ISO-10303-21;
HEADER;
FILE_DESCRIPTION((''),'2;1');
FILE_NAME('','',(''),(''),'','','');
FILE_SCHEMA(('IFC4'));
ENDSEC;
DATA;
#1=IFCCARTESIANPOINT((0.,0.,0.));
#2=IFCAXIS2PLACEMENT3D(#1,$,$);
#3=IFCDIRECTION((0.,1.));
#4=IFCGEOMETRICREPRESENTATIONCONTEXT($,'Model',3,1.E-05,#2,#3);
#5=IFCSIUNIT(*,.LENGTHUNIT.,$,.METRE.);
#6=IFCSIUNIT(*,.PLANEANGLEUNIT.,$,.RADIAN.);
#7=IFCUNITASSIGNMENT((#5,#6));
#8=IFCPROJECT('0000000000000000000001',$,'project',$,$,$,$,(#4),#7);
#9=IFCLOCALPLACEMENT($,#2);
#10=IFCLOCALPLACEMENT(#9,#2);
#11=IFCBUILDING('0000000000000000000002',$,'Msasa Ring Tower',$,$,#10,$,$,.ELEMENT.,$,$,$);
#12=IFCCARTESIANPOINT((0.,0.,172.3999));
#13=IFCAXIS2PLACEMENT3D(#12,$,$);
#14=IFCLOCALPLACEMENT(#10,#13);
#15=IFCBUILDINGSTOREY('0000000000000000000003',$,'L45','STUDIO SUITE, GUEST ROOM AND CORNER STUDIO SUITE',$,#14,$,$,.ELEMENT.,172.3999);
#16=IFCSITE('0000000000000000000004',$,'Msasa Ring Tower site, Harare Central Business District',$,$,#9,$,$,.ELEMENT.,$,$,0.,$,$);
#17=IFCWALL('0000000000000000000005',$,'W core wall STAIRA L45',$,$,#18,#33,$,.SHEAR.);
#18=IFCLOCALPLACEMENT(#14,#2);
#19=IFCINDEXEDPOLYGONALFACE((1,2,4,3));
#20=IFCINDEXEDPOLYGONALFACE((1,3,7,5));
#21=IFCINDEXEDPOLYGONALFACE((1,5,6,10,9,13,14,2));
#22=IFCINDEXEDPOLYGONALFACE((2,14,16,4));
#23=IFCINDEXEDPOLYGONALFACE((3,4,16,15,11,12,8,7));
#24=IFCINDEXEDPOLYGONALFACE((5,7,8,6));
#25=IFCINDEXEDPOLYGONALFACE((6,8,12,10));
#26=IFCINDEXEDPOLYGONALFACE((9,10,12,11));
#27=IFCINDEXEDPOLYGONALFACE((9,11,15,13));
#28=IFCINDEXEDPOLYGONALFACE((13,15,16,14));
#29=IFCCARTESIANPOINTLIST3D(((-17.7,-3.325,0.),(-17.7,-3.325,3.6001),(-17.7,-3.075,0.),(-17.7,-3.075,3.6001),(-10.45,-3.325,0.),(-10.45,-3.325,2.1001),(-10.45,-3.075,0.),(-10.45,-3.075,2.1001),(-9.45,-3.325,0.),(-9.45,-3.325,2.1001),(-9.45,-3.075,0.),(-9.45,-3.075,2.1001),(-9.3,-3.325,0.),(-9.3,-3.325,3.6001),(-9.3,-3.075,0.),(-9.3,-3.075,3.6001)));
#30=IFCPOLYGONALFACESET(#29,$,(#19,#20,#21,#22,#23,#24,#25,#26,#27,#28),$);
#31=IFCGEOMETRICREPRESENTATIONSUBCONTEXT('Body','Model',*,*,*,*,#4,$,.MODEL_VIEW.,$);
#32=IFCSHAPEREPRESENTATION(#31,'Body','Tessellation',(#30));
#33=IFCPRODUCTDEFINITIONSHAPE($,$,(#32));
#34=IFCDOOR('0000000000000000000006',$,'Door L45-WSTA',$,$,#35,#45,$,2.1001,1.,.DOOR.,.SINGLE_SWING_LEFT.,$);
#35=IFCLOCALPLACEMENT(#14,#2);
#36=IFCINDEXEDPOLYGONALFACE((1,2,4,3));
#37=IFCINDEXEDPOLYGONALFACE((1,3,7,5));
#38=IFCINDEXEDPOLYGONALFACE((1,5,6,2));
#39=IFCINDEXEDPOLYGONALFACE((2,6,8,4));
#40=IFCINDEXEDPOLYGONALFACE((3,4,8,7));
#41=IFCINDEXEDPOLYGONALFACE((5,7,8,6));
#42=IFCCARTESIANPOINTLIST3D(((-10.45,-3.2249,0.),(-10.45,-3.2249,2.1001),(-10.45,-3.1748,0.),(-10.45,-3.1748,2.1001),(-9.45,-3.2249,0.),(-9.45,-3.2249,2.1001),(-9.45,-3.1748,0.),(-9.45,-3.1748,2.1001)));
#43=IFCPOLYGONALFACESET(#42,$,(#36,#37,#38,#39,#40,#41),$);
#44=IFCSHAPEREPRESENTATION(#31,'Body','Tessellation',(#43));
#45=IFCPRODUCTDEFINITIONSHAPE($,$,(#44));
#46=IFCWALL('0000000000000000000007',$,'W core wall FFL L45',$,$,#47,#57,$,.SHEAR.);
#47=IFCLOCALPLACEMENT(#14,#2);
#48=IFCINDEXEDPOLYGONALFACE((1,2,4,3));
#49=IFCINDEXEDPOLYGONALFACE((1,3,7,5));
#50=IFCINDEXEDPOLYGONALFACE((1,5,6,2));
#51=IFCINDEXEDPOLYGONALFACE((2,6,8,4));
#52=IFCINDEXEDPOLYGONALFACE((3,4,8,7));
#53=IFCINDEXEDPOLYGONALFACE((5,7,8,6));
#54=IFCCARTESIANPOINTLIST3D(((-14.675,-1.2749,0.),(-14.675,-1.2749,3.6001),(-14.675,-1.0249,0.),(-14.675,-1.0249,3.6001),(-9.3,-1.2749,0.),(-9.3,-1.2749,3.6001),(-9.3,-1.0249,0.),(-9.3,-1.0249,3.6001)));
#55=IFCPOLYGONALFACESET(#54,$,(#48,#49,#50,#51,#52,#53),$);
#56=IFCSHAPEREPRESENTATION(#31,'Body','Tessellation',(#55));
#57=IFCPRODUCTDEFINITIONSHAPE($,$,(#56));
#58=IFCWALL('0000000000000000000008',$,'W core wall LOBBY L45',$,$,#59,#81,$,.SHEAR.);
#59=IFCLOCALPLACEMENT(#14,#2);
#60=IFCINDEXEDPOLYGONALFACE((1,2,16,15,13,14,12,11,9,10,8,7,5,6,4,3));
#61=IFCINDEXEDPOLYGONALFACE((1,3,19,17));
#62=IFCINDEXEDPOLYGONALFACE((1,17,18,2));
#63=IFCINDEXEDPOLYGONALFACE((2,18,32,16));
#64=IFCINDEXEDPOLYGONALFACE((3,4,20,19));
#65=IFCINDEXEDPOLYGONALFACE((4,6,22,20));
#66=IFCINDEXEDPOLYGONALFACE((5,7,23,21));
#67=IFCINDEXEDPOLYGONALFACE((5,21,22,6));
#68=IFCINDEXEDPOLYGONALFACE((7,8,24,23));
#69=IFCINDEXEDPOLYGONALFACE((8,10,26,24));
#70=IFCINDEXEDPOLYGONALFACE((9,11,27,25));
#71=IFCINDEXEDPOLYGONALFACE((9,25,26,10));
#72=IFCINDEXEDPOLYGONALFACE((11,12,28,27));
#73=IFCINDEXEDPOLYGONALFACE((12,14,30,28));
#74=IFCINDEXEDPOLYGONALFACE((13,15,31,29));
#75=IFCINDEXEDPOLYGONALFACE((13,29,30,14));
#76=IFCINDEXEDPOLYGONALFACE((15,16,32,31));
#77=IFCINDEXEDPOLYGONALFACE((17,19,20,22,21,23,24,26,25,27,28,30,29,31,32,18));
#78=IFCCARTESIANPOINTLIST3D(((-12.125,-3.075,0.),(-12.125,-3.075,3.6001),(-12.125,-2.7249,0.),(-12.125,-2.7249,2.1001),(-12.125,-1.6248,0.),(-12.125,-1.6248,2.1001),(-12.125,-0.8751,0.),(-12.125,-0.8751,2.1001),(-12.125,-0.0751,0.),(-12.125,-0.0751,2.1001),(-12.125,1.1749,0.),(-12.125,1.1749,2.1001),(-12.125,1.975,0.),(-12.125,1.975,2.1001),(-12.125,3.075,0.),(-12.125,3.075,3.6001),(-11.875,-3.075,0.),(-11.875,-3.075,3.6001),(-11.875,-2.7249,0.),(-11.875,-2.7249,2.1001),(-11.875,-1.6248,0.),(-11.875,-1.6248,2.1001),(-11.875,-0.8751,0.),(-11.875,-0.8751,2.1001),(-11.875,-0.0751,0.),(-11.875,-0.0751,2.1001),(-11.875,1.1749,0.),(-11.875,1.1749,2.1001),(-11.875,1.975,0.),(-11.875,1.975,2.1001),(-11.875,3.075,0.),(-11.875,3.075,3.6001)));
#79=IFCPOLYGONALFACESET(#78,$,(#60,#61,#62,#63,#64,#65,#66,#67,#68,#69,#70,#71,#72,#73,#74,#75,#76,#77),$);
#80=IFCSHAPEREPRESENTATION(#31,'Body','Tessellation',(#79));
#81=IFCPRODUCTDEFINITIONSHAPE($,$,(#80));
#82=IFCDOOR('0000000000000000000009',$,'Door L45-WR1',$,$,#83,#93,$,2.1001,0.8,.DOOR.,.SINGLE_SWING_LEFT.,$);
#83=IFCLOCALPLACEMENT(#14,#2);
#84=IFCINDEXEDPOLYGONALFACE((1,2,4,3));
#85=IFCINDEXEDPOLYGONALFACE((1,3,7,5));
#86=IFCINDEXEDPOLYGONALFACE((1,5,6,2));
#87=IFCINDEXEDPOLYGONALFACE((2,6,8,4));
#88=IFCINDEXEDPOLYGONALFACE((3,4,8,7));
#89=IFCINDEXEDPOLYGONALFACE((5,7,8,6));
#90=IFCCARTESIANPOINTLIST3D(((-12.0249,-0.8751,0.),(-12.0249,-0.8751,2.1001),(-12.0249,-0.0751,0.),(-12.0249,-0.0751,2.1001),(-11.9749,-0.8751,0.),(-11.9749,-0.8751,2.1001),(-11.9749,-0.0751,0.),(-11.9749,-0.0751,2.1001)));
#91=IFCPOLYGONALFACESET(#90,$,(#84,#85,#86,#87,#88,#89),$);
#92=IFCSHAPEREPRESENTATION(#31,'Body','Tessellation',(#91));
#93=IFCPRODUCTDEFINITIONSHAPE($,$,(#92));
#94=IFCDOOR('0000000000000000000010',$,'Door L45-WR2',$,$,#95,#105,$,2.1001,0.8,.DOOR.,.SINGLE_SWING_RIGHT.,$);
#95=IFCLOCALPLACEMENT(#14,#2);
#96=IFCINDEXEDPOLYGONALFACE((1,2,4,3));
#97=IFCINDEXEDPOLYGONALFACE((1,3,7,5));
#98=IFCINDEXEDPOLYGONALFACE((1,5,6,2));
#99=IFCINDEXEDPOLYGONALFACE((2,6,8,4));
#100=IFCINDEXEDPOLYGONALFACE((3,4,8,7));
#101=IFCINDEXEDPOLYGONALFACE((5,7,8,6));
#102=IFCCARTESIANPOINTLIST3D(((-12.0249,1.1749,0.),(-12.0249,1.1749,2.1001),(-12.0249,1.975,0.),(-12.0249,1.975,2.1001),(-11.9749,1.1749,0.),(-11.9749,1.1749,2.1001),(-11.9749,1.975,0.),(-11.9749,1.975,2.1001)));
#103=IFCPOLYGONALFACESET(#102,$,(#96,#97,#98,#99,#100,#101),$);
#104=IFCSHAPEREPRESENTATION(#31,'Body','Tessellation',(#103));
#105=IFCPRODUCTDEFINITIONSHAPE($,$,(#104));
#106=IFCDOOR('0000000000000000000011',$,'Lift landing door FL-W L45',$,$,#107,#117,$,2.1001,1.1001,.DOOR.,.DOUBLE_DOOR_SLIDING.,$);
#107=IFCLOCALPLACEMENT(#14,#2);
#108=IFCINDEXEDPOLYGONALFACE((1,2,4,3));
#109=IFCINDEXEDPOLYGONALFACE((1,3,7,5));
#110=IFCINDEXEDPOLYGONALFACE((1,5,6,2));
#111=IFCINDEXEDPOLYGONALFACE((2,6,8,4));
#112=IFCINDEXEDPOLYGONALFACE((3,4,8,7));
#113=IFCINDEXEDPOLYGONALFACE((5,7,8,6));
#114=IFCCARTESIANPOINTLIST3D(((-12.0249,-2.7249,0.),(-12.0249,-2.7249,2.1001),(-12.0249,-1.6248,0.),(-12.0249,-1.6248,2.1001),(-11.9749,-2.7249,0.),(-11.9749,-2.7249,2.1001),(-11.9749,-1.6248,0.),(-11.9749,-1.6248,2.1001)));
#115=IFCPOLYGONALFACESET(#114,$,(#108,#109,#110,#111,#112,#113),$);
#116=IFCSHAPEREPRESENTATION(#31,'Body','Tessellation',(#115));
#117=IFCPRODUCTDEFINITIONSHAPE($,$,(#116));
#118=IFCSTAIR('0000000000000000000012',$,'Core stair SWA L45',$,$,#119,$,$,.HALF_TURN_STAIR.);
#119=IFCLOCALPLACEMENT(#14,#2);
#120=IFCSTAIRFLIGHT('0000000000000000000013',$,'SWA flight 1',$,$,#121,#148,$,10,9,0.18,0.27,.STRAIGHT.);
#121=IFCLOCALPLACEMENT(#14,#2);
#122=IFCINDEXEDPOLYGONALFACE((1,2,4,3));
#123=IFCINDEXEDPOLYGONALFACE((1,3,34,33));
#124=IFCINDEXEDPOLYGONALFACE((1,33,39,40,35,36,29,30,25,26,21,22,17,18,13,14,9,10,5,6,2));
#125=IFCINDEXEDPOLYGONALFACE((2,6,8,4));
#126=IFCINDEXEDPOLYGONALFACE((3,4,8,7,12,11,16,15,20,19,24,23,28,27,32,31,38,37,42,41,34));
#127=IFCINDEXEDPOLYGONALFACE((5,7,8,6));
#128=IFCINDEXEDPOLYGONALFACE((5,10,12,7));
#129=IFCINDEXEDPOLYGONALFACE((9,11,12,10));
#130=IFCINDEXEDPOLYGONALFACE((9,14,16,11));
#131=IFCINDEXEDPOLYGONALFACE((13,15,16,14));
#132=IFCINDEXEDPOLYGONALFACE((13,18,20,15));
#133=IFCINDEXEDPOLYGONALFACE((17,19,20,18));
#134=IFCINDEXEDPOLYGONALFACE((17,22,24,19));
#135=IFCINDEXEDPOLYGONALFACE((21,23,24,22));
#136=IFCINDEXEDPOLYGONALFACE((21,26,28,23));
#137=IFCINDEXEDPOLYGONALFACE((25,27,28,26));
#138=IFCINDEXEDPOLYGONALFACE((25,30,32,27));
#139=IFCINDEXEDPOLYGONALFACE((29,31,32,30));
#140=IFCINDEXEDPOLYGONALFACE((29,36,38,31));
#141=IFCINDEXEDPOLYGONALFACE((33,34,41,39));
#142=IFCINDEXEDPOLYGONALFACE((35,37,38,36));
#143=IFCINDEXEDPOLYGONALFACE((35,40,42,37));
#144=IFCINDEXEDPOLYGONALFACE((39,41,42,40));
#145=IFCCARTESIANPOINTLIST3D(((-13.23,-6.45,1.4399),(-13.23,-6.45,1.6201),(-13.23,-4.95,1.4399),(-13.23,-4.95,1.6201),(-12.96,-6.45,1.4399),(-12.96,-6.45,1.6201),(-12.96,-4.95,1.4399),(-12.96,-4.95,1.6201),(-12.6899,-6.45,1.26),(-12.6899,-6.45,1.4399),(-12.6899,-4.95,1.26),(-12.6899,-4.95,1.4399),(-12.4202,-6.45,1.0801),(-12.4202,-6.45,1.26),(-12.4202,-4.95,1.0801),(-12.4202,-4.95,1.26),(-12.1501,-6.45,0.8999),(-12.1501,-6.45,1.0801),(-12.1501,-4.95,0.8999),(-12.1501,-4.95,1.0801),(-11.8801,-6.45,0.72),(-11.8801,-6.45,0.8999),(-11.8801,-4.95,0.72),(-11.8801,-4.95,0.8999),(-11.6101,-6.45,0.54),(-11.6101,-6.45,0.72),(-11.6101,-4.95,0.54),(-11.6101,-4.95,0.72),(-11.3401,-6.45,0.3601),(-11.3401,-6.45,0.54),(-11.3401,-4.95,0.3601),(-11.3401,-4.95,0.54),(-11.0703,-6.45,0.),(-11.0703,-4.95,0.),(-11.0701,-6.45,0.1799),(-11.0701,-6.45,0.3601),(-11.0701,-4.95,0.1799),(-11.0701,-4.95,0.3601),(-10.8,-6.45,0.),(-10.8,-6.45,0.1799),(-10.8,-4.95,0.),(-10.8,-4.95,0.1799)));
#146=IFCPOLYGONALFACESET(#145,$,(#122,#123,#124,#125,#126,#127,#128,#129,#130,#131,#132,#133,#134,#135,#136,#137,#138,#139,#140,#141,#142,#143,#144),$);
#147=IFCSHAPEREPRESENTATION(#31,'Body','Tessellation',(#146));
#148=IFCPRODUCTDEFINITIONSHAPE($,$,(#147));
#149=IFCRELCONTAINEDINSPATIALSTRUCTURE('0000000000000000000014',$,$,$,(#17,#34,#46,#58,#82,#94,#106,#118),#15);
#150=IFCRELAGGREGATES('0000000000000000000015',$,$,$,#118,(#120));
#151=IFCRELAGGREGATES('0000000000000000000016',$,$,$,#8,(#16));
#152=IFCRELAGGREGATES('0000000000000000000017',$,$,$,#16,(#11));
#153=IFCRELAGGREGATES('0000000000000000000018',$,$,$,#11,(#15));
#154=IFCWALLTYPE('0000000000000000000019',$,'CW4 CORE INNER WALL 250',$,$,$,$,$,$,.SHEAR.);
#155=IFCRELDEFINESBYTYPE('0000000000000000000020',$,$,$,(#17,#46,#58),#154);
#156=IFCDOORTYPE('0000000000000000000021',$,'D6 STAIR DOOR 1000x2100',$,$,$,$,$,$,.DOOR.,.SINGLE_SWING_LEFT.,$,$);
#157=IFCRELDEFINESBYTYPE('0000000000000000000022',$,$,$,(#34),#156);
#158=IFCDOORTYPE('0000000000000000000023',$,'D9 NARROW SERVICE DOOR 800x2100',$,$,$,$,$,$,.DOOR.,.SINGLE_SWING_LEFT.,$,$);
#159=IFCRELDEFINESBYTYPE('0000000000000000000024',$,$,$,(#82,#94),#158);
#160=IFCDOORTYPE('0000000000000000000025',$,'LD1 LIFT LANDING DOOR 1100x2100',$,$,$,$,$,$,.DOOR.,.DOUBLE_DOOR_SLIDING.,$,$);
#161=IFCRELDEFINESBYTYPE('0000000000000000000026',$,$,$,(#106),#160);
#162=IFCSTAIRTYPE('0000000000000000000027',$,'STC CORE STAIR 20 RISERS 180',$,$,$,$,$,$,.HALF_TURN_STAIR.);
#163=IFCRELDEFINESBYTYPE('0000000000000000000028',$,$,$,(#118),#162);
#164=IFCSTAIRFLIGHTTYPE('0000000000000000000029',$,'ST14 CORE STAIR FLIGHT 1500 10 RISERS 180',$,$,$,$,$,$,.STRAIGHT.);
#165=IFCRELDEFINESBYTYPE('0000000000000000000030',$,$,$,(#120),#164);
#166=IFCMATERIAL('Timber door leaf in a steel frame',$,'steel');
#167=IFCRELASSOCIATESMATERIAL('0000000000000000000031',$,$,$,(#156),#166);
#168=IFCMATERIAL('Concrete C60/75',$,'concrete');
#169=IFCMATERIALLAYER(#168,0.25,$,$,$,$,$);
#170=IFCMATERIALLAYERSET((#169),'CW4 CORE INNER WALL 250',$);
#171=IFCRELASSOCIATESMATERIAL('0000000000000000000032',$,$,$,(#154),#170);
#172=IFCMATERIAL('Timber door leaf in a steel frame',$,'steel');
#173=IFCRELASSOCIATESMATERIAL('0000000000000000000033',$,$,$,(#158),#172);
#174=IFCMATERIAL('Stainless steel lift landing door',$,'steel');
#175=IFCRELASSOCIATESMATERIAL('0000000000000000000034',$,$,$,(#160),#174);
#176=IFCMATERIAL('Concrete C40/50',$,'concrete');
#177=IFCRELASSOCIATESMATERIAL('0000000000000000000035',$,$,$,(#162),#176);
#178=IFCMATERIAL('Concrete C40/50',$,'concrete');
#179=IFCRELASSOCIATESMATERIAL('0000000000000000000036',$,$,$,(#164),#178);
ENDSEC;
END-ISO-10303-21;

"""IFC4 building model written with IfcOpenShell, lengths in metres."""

from ifc_helpers import new_model, si_unit, direction, frame, frame_2d, origin, place, context, subcontext, project, spatial, polyline, rectangle, outline, extrude, material, layer, layer_set, type_object, element, fill, aggregate, save


model = new_model("IFC4")

# Units and contexts
model_context = context("Model", 3, precision=1e-05, world=origin(), true_north=direction((0.0, 1.0)))
body_context = subcontext(model_context, "Body", "Model", "MODEL_VIEW")
ifc_project = project(units=[si_unit("LENGTHUNIT", "METRE"), si_unit("PLANEANGLEUNIT", "RADIAN")], contexts=[model_context])

# Site, building, storey
site_placement = place(None, origin())
site = spatial("IfcSite", under=ifc_project, at=site_placement, Name="Msasa Ring Tower site, Harare Central Business District", CompositionType="ELEMENT", RefElevation=0.0)
building_placement = place(site_placement, origin())
building = spatial("IfcBuilding", under=site, at=building_placement, Name="Msasa Ring Tower", CompositionType="ELEMENT")
storey_placement = place(building_placement, frame((0.0, 0.0, 172.3999)))
storey = spatial("IfcBuildingStorey", under=building, at=storey_placement, Name="L45", Description="STUDIO SUITE, GUEST ROOM AND CORNER STUDIO SUITE", CompositionType="ELEMENT", Elevation=172.3999)

# Shared definitions
ifc_material_1 = material(Name="Timber door leaf in a steel frame", Category="steel")
door_type_1 = type_object("IfcDoorType", Name="D6 STAIR DOOR 1000x2100", OperationType="SINGLE_SWING_LEFT", PredefinedType="DOOR", material=ifc_material_1)

# Wall, opening, door
ifc_material_2 = material(Name="Concrete C60/75", Category="concrete")
ifc_layer_1 = layer(ifc_material_2, 0.25)
ifc_layer_set_1 = layer_set([ifc_layer_1], Name="CW4 CORE INNER WALL 250")
wall_type_1 = type_object("IfcWallType", Name="CW4 CORE INNER WALL 250", PredefinedType="SHEAR", material=ifc_layer_set_1)
wall_1_placement = place(storey_placement, frame((-9.3, -3.2, 0.0), z_axis=(0.0, 0.0, 1.0), x_axis=(-1.0, 0.0, 0.0)))
wall_1 = element("IfcWall", 1, at=wall_1_placement, inside=storey, type_object=wall_type_1, Name="W core wall STAIRA L45", PredefinedType="SHEAR", context=body_context, shape_type="SweptSolid", body=[
    extrude(rectangle(XDim=8.3999, YDim=0.25, at=frame_2d((4.2, 0.0))), origin(), (0.0, 0.0, 1.0), 3.6001),
])
opening_1_placement = place(wall_1_placement, frame((0.1499, 0.0, 0.0)))
opening_1 = element("IfcOpeningElement", 2, at=opening_1_placement, cuts=wall_1, PredefinedType="OPENING", context=body_context, shape_type="SweptSolid", body=[
    extrude(rectangle(XDim=1.0, YDim=2.1001, at=frame_2d((0.5, 1.05))), frame((0.0, 0.135, 0.0), z_axis=(0.0, -1.0, 0.0), x_axis=(1.0, 0.0, 0.0)), (0.0, 0.0, 1.0), 0.27),
])
door_1_placement = place(opening_1_placement, origin())
door_1 = element("IfcDoor", 3, at=door_1_placement, inside=storey, type_object=door_type_1, Name="Door L45-WSTA", OperationType="SINGLE_SWING_LEFT", OverallHeight=2.1001, OverallWidth=1.0, PredefinedType="DOOR", context=body_context, shape_type="SweptSolid", body=[
    extrude(rectangle(XDim=1.0, YDim=2.1001, at=frame_2d((0.5, 1.05))), frame((0.0, 0.0249, 0.0), z_axis=(0.0, -1.0, 0.0), x_axis=(1.0, 0.0, 0.0)), (0.0, 0.0, 1.0), 0.05),
])
fill(opening_1, door_1)

# Wall
wall_2_placement = place(storey_placement, frame((-9.3, -1.1499, 0.0), z_axis=(0.0, 0.0, 1.0), x_axis=(-1.0, 0.0, 0.0)))
element("IfcWall", 4, at=wall_2_placement, inside=storey, type_object=wall_type_1, Name="W core wall FFL L45", PredefinedType="SHEAR", context=body_context, shape_type="SweptSolid", body=[
    extrude(rectangle(XDim=5.375, YDim=0.25, at=frame_2d((2.6875, 0.0))), origin(), (0.0, 0.0, 1.0), 3.6001),
])

# Wall, openings, doors
wall_3_placement = place(storey_placement, frame((-12.0, -3.075, 0.0), z_axis=(0.0, 0.0, 1.0), x_axis=(0.0, 1.0, 0.0)))
wall_3 = element("IfcWall", 5, at=wall_3_placement, inside=storey, type_object=wall_type_1, Name="W core wall LOBBY L45", PredefinedType="SHEAR", context=body_context, shape_type="SweptSolid", body=[
    extrude(rectangle(XDim=6.1499, YDim=0.25, at=frame_2d((3.075, 0.0))), origin(), (0.0, 0.0, 1.0), 3.6001),
])
opening_2_placement = place(wall_3_placement, frame((2.2, 0.0, 0.0)))
opening_2 = element("IfcOpeningElement", 6, at=opening_2_placement, cuts=wall_3, PredefinedType="OPENING", context=body_context, shape_type="SweptSolid", body=[
    extrude(rectangle(XDim=0.8, YDim=2.1001, at=frame_2d((0.3999, 1.05))), frame((0.0, 0.135, 0.0), z_axis=(0.0, -1.0, 0.0), x_axis=(1.0, 0.0, 0.0)), (0.0, 0.0, 1.0), 0.27),
])
opening_3_placement = place(wall_3_placement, frame((4.25, 0.0, 0.0)))
opening_3 = element("IfcOpeningElement", 7, at=opening_3_placement, cuts=wall_3, PredefinedType="OPENING", context=body_context, shape_type="SweptSolid", body=[
    extrude(rectangle(XDim=0.8, YDim=2.1001, at=frame_2d((0.3999, 1.05))), frame((0.0, 0.135, 0.0), z_axis=(0.0, -1.0, 0.0), x_axis=(1.0, 0.0, 0.0)), (0.0, 0.0, 1.0), 0.27),
])
opening_4_placement = place(wall_3_placement, frame((0.3501, 0.0, 0.0)))
opening_4 = element("IfcOpeningElement", 8, at=opening_4_placement, cuts=wall_3, PredefinedType="OPENING", context=body_context, shape_type="SweptSolid", body=[
    extrude(rectangle(XDim=1.1001, YDim=2.1001, at=frame_2d((0.55, 1.05))), frame((0.0, 0.135, 0.0), z_axis=(0.0, -1.0, 0.0), x_axis=(1.0, 0.0, 0.0)), (0.0, 0.0, 1.0), 0.27),
])
ifc_material_3 = material(Name="Timber door leaf in a steel frame", Category="steel")
door_type_2 = type_object("IfcDoorType", Name="D9 NARROW SERVICE DOOR 800x2100", OperationType="SINGLE_SWING_LEFT", PredefinedType="DOOR", material=ifc_material_3)
door_2_placement = place(opening_2_placement, origin())
door_2 = element("IfcDoor", 9, at=door_2_placement, inside=storey, type_object=door_type_2, Name="Door L45-WR1", OperationType="SINGLE_SWING_LEFT", OverallHeight=2.1001, OverallWidth=0.8, PredefinedType="DOOR", context=body_context, shape_type="SweptSolid", body=[
    extrude(rectangle(XDim=0.8, YDim=2.1001, at=frame_2d((0.3999, 1.05))), frame((0.0, 0.0249, 0.0), z_axis=(0.0, -1.0, 0.0), x_axis=(1.0, 0.0, 0.0)), (0.0, 0.0, 1.0), 0.05),
])
fill(opening_2, door_2)
door_3_placement = place(opening_3_placement, origin())
door_3 = element("IfcDoor", 10, at=door_3_placement, inside=storey, type_object=door_type_2, Name="Door L45-WR2", OperationType="SINGLE_SWING_RIGHT", OverallHeight=2.1001, OverallWidth=0.8, PredefinedType="DOOR", context=body_context, shape_type="SweptSolid", body=[
    extrude(rectangle(XDim=0.8, YDim=2.1001, at=frame_2d((0.3999, 1.05))), frame((0.0, 0.0249, 0.0), z_axis=(0.0, -1.0, 0.0), x_axis=(1.0, 0.0, 0.0)), (0.0, 0.0, 1.0), 0.05),
])
fill(opening_3, door_3)
ifc_material_4 = material(Name="Stainless steel lift landing door", Category="steel")
door_type_3 = type_object("IfcDoorType", Name="LD1 LIFT LANDING DOOR 1100x2100", OperationType="DOUBLE_DOOR_SLIDING", PredefinedType="DOOR", material=ifc_material_4)
door_4_placement = place(opening_4_placement, origin())
door_4 = element("IfcDoor", 11, at=door_4_placement, inside=storey, type_object=door_type_3, Name="Lift landing door FL-W L45", OperationType="DOUBLE_DOOR_SLIDING", OverallHeight=2.1001, OverallWidth=1.1001, PredefinedType="DOOR", context=body_context, shape_type="SweptSolid", body=[
    extrude(rectangle(XDim=1.1001, YDim=2.1001, at=frame_2d((0.55, 1.05))), frame((0.0, 0.0249, 0.0), z_axis=(0.0, -1.0, 0.0), x_axis=(1.0, 0.0, 0.0)), (0.0, 0.0, 1.0), 0.05),
])
fill(opening_4, door_4)

# Stair, stair flight
ifc_material_5 = material(Name="Concrete C40/50", Category="concrete")
stair_type = type_object("IfcStairType", Name="STC CORE STAIR 20 RISERS 180", PredefinedType="HALF_TURN_STAIR", material=ifc_material_5)
stair_placement = place(storey_placement, origin())
stair = element("IfcStair", 12, at=stair_placement, inside=storey, type_object=stair_type, Name="Core stair SWA L45", PredefinedType="HALF_TURN_STAIR")
ifc_material_6 = material(Name="Concrete C40/50", Category="concrete")
stair_flight_type = type_object("IfcStairFlightType", Name="ST14 CORE STAIR FLIGHT 1500 10 RISERS 180", PredefinedType="STRAIGHT", material=ifc_material_6)
stair_flight_1_placement = place(storey_placement, frame((-10.8, -5.7, 0.0), z_axis=(0.0, 0.0, 1.0), x_axis=(-1.0, 0.0, 0.0)))
stair_flight_1 = element("IfcStairFlight", 13, at=stair_flight_1_placement, type_object=stair_flight_type, Name="SWA flight 1", NumberOfRisers=10, NumberOfTreads=9, PredefinedType="STRAIGHT", RiserHeight=0.18, TreadLength=0.27, context=body_context, shape_type="SweptSolid", body=[
    extrude(outline(polyline([(0.0, 0.0), (0.0, 0.1799), (0.27, 0.1799), (0.27, 0.3601), (0.54, 0.3601), (0.54, 0.54), (0.8101, 0.54), (0.8101, 0.72), (1.0801, 0.72), (1.0801, 0.8999), (1.3501, 0.8999), (1.3501, 1.0801), (1.6201, 1.0801), (1.6201, 1.26), (1.8899, 1.26), (1.8899, 1.4399), (2.1599, 1.4399), (2.1599, 1.6201), (2.4299, 1.6201), (2.4299, 1.8), (2.4299, 1.4399), (0.2703, 0.0), (0.0, 0.0)])), frame((0.0, 0.75, 0.0), z_axis=(0.0, -1.0, 0.0), x_axis=(1.0, 0.0, 0.0)), (0.0, 0.0, 1.0), 1.5),
])
aggregate(stair, [stair_flight_1])

save(model, "model.ifc")
